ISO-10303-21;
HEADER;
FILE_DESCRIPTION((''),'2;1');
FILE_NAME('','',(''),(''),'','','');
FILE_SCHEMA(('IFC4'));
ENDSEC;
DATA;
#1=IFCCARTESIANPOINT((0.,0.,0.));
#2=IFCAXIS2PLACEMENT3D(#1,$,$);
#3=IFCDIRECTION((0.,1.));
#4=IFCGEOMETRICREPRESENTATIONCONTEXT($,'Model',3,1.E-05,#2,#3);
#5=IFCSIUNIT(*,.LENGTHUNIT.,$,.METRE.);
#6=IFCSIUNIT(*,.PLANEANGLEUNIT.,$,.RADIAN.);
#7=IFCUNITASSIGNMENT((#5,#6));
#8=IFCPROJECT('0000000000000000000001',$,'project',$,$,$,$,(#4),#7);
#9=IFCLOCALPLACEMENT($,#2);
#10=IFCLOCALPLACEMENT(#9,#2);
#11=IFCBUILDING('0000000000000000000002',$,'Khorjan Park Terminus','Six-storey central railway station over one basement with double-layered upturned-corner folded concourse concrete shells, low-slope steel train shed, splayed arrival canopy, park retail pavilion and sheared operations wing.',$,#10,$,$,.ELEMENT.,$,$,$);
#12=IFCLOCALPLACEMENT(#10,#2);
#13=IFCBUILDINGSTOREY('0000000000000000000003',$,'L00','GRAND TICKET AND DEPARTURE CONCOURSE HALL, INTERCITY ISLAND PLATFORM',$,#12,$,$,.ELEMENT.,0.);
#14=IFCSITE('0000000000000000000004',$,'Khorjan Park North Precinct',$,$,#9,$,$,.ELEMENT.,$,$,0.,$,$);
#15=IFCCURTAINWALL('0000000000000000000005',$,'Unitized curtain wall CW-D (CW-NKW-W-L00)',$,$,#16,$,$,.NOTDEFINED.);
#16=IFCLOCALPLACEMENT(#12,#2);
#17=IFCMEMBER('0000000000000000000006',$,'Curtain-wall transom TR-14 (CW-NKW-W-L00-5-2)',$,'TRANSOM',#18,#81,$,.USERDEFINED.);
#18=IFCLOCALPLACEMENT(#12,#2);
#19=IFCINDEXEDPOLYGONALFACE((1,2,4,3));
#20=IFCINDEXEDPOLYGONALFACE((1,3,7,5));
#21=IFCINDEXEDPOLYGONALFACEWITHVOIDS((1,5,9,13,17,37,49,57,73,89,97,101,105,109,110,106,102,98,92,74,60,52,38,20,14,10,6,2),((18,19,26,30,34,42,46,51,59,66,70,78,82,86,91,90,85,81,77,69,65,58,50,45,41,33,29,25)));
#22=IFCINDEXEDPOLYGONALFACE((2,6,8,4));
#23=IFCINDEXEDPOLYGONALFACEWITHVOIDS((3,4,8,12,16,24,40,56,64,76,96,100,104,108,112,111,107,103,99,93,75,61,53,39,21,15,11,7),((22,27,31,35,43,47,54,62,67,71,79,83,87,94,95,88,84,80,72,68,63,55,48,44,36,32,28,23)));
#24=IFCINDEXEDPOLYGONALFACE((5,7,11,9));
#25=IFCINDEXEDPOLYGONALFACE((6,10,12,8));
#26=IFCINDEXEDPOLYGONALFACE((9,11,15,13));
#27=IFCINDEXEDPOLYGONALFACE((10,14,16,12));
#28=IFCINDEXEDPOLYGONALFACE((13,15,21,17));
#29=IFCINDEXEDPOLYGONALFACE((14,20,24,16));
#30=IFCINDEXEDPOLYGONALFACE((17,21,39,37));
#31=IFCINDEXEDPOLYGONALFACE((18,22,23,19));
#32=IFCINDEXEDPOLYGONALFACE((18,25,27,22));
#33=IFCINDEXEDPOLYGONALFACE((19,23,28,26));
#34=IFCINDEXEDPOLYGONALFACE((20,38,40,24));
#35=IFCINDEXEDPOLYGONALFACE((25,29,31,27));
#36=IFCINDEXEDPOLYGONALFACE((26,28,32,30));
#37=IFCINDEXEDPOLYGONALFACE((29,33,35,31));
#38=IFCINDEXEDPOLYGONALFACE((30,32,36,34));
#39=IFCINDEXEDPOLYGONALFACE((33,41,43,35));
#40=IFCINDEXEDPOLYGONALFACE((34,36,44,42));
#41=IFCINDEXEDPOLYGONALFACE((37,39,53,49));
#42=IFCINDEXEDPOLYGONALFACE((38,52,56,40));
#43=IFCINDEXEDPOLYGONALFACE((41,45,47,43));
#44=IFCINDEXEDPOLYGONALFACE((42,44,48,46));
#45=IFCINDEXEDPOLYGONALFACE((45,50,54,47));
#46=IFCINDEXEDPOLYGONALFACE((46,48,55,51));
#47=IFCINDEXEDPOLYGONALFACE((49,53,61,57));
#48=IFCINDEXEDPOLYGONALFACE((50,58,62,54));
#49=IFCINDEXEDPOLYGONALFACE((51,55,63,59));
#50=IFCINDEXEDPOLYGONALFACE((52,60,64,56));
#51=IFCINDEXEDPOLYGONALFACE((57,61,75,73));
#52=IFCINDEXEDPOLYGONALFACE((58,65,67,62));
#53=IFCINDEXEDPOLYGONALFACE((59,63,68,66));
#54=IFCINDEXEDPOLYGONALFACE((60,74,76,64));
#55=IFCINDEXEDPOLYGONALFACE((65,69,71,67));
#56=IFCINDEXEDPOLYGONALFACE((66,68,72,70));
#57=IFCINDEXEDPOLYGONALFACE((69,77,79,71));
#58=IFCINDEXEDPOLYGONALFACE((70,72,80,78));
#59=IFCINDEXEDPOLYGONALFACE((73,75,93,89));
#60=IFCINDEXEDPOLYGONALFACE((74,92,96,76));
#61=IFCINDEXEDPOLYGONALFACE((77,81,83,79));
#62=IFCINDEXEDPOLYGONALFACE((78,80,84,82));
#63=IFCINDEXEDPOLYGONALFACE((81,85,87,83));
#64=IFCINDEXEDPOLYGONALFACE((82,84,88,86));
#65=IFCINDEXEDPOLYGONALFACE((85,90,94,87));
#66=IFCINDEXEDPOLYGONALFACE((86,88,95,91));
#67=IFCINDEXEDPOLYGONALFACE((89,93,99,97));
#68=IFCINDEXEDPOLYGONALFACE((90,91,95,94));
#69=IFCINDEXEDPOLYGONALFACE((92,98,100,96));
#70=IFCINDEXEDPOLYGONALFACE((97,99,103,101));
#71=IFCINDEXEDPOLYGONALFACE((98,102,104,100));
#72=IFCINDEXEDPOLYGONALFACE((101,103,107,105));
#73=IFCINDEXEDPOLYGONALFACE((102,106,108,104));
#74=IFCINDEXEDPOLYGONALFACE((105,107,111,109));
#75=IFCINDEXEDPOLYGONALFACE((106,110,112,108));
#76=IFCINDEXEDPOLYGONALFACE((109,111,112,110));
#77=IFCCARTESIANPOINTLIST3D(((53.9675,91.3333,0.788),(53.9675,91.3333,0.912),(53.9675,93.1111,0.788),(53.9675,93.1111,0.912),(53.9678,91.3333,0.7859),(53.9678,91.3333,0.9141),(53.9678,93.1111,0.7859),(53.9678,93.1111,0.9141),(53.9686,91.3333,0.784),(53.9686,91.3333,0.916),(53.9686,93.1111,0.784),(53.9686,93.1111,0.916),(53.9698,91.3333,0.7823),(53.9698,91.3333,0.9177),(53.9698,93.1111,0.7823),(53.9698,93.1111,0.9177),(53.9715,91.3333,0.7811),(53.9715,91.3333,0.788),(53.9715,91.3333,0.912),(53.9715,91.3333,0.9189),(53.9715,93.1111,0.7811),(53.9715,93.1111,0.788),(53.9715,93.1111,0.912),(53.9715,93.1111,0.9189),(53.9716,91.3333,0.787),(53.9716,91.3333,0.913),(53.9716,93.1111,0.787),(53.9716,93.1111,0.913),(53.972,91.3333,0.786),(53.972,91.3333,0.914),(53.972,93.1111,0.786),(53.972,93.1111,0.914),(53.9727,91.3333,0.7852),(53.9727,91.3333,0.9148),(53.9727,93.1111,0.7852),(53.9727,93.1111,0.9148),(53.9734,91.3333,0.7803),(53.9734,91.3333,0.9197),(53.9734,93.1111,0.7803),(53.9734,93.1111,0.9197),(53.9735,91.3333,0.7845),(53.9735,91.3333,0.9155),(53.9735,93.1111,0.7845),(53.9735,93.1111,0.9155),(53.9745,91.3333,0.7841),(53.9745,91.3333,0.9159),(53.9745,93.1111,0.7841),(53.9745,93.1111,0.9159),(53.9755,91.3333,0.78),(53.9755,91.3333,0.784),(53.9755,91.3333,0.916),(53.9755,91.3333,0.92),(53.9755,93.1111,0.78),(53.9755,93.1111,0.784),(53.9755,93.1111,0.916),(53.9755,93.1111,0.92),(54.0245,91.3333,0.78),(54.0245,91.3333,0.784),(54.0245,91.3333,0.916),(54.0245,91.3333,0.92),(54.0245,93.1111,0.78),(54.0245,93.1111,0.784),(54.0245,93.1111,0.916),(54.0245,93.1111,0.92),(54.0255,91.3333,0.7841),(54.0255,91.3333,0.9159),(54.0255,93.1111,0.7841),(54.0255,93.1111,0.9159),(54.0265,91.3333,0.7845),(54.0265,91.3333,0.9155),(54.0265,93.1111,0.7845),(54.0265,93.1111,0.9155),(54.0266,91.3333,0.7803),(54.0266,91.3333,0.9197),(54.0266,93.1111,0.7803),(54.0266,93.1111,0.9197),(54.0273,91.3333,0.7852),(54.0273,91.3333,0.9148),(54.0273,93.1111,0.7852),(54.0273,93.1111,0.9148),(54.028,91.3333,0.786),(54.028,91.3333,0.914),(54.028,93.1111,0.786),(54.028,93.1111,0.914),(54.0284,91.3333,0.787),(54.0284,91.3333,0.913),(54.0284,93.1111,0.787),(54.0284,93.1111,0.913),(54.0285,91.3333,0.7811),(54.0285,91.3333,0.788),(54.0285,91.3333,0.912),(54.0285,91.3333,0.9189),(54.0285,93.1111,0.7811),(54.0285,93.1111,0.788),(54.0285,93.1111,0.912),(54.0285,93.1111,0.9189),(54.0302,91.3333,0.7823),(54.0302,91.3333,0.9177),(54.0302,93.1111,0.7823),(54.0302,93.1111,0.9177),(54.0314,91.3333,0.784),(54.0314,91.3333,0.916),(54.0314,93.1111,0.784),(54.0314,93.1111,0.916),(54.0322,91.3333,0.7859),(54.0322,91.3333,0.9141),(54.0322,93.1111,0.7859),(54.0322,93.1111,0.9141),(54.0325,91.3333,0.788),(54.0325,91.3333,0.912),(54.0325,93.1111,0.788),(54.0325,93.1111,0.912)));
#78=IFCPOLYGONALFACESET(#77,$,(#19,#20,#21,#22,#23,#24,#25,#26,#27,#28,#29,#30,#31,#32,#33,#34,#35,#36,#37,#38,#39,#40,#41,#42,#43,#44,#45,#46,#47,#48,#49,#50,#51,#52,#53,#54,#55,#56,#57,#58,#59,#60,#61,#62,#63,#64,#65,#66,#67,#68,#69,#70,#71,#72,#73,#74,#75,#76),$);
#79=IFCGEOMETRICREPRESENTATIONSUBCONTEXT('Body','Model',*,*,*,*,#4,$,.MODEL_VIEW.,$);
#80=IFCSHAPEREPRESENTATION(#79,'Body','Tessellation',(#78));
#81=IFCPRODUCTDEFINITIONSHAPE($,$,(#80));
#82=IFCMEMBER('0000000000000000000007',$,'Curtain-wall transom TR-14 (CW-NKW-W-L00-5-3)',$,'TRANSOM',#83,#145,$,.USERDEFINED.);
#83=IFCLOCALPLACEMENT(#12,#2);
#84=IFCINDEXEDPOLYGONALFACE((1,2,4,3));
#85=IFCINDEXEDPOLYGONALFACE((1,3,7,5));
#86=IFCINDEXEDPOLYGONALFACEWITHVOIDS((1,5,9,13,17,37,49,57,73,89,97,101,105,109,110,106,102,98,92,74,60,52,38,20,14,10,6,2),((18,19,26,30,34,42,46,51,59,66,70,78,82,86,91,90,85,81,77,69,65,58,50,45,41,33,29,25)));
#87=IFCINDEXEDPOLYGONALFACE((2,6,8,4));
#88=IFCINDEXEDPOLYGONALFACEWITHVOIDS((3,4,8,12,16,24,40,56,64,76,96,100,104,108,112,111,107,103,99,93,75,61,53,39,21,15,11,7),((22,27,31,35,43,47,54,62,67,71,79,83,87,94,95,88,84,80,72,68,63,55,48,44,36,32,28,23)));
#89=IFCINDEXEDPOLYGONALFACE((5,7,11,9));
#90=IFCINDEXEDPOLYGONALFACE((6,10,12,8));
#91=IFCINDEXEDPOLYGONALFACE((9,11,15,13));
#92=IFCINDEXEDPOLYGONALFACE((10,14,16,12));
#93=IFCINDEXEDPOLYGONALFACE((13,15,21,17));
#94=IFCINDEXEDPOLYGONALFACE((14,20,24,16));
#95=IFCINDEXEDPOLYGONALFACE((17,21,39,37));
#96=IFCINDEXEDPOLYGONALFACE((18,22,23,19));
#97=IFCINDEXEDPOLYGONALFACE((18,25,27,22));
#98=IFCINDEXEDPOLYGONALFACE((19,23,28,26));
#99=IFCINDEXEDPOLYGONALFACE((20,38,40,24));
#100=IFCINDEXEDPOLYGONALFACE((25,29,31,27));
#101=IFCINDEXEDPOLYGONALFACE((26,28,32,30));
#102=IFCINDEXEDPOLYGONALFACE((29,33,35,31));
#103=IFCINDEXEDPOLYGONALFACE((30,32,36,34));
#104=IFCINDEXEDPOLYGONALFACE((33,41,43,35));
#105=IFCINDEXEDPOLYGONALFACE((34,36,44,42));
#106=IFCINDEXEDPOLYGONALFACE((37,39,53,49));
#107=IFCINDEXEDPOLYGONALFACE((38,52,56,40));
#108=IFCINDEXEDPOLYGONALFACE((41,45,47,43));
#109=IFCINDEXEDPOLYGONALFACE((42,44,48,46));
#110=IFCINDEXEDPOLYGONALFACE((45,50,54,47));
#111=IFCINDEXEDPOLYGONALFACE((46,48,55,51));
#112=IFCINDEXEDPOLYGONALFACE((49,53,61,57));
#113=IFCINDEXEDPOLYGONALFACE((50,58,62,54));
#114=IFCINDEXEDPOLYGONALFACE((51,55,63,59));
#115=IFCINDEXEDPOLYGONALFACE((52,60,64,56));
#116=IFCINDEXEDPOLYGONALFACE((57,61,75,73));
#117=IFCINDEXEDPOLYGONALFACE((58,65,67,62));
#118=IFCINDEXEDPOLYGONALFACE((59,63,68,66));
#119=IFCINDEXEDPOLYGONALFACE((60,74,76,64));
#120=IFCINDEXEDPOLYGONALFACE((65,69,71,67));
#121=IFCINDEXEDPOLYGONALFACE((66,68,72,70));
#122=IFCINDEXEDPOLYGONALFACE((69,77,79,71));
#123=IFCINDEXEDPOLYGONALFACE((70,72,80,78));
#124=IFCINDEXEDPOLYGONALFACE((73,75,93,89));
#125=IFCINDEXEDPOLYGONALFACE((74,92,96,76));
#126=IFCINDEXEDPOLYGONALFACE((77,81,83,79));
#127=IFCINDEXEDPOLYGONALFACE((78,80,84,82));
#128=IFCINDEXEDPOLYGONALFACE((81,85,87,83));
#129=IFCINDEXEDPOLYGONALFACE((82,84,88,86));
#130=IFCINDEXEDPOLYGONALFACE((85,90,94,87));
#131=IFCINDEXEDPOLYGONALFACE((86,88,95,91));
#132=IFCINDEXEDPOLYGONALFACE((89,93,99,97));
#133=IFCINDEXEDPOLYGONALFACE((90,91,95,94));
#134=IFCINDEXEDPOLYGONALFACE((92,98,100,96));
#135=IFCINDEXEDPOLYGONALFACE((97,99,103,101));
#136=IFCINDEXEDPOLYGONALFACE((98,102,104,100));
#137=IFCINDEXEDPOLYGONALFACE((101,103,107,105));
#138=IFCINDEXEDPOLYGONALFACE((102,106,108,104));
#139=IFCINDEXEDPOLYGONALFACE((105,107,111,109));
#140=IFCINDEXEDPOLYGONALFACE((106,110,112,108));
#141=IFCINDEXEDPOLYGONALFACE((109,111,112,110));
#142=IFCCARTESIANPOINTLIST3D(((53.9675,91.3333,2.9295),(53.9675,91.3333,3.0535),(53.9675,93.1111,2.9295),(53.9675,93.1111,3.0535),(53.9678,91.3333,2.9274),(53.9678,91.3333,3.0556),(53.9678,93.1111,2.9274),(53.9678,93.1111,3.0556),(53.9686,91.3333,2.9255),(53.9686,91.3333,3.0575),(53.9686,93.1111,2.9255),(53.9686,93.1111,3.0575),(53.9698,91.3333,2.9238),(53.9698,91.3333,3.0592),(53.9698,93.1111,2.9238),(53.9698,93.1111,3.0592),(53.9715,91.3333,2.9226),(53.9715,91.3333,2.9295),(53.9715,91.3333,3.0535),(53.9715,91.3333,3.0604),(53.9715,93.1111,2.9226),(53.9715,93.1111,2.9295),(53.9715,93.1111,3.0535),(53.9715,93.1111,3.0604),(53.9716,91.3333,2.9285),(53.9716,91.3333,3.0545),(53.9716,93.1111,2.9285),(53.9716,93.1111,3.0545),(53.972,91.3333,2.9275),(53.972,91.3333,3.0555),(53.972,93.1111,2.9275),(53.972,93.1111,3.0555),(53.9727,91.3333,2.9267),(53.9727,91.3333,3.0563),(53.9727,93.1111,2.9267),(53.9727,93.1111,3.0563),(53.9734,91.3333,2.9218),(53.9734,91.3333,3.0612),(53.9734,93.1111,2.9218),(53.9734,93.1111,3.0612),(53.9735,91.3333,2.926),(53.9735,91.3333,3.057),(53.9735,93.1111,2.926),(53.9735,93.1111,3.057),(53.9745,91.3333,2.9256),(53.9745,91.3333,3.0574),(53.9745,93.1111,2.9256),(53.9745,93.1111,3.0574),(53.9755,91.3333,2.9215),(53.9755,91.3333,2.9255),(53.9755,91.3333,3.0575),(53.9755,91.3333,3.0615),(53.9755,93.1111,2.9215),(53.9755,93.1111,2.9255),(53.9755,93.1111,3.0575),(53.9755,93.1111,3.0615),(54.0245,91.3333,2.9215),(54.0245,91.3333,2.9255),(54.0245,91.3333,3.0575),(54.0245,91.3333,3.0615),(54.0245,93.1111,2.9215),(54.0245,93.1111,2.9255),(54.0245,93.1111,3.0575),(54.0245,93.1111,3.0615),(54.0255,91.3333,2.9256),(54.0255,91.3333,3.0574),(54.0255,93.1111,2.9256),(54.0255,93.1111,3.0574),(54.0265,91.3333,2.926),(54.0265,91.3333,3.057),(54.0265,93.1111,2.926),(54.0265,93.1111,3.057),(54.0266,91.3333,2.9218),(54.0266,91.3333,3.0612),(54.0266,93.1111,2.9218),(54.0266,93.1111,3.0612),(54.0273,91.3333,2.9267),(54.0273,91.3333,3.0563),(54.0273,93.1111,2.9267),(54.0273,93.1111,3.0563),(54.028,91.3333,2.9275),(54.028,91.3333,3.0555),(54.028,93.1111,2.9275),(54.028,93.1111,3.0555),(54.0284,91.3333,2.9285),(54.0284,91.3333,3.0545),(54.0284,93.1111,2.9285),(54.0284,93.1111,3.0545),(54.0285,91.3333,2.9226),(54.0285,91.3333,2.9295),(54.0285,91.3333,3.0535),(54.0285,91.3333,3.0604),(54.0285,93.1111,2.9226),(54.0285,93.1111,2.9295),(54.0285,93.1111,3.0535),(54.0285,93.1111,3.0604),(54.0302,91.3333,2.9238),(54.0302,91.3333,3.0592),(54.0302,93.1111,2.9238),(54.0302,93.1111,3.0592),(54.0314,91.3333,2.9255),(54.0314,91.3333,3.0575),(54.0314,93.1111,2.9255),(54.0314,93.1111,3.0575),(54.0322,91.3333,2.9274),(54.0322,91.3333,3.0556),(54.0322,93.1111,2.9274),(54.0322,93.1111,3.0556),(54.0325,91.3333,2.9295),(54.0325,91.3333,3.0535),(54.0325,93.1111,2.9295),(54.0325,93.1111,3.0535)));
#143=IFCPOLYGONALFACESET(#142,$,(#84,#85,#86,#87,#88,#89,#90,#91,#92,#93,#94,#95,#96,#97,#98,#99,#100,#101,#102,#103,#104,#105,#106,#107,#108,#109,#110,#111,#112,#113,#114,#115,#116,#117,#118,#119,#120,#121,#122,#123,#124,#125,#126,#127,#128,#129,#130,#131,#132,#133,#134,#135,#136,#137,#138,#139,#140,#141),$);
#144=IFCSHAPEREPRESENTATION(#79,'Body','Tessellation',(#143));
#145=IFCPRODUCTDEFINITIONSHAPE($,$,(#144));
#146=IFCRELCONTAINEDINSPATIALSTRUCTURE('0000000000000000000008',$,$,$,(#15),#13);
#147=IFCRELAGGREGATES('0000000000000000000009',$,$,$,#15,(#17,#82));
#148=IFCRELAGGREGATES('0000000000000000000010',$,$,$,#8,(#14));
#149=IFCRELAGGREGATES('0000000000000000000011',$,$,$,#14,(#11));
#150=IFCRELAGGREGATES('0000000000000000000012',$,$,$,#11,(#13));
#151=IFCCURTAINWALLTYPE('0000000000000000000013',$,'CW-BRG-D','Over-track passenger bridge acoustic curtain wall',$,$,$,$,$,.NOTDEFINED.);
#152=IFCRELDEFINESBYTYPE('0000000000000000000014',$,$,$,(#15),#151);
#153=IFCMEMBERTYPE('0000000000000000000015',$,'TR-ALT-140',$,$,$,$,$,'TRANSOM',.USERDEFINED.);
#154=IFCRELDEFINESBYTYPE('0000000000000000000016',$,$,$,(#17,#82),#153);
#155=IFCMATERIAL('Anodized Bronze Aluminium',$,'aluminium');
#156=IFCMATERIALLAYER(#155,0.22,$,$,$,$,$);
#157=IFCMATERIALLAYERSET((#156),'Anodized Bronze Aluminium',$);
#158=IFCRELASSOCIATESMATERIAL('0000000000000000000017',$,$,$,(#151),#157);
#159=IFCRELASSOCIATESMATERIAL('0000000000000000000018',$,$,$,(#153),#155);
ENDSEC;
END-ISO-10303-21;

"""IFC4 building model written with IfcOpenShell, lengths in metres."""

from ifc_helpers import new_model, si_unit, direction, frame, origin, origin_2d, place, context, subcontext, project, spatial, hollow_rectangle, extrude, material, layer, layer_set, material_profile, profile_set, type_object, element, aggregate, save


model = new_model("IFC4")

# Units and contexts
model_context = context("Model", 3, precision=1e-05, world=origin(), true_north=direction((0.0, 1.0)))
body_context = subcontext(model_context, "Body", "Model", "MODEL_VIEW")
ifc_project = project(units=[si_unit("LENGTHUNIT", "METRE"), si_unit("PLANEANGLEUNIT", "RADIAN")], contexts=[model_context])

# Site, building, storey
site_placement = place(None, origin())
site = spatial("IfcSite", under=ifc_project, at=site_placement, Name="Khorjan Park North Precinct", CompositionType="ELEMENT", RefElevation=0.0)
building_placement = place(site_placement, origin())
building = spatial("IfcBuilding", under=site, at=building_placement, Name="Khorjan Park Terminus", Description="Six-storey central railway station over one basement with double-layered upturned-corner folded concourse concrete shells, low-slope steel train shed, splayed arrival canopy, park retail pavilion and sheared operations wing.", CompositionType="ELEMENT")
storey_placement = place(building_placement, origin())
storey = spatial("IfcBuildingStorey", under=building, at=storey_placement, Name="L00", Description="GRAND TICKET AND DEPARTURE CONCOURSE HALL, INTERCITY ISLAND PLATFORM", CompositionType="ELEMENT", Elevation=0.0)

# Curtain wall, members
ifc_material_1 = material(Name="Anodized Bronze Aluminium", Category="aluminium")
ifc_layer_1 = layer(ifc_material_1, 0.22)
ifc_layer_set_1 = layer_set([ifc_layer_1], Name="Anodized Bronze Aluminium")
curtain_wall_type = type_object("IfcCurtainWallType", Name="CW-BRG-D", Description="Over-track passenger bridge acoustic curtain wall", PredefinedType="NOTDEFINED", material=ifc_layer_set_1)
curtain_wall_placement = place(storey_placement, origin())
curtain_wall = element("IfcCurtainWall", 1, at=curtain_wall_placement, inside=storey, type_object=curtain_wall_type, Name="Unitized curtain wall CW-D (CW-NKW-W-L00)", PredefinedType="NOTDEFINED")
ifc_material_profile_1 = material_profile(ifc_material_1, hollow_rectangle(XDim=0.065, YDim=0.14, WallThickness=0.004, InnerFilletRadius=0.004, OuterFilletRadius=0.008, at=origin_2d()), Name="ALT 65x140x4")
ifc_profile_set_1 = profile_set([ifc_material_profile_1], Name="Anodized Bronze Aluminium")
member_type_1 = type_object("IfcMemberType", Name="TR-ALT-140", ElementType="TRANSOM", PredefinedType="USERDEFINED", material=ifc_profile_set_1)
member_1_placement = place(storey_placement, frame((54.0, 93.1111, 0.85), z_axis=(0.0, -1.0, 0.0), x_axis=(1.0, 0.0, 0.0)))
member_1 = element("IfcMember", 2, at=member_1_placement, type_object=member_type_1, Name="Curtain-wall transom TR-14 (CW-NKW-W-L00-5-2)", ObjectType="TRANSOM", PredefinedType="USERDEFINED", context=body_context, shape_type="SweptSolid", body=[
    extrude(hollow_rectangle(XDim=0.065, YDim=0.14, WallThickness=0.004, InnerFilletRadius=0.004, OuterFilletRadius=0.008, at=origin_2d()), origin(), (0.0, 0.0, 1.0), 1.7778),
])
member_2_placement = place(storey_placement, frame((54.0, 93.1111, 2.9915), z_axis=(0.0, -1.0, 0.0), x_axis=(1.0, 0.0, 0.0)))
member_2 = element("IfcMember", 3, at=member_2_placement, type_object=member_type_1, Name="Curtain-wall transom TR-14 (CW-NKW-W-L00-5-3)", ObjectType="TRANSOM", PredefinedType="USERDEFINED", context=body_context, shape_type="SweptSolid", body=[
    extrude(hollow_rectangle(XDim=0.065, YDim=0.14, WallThickness=0.004, InnerFilletRadius=0.004, OuterFilletRadius=0.008, at=origin_2d()), origin(), (0.0, 0.0, 1.0), 1.7778),
])
aggregate(curtain_wall, [member_1, member_2])

save(model, "model.ifc")
